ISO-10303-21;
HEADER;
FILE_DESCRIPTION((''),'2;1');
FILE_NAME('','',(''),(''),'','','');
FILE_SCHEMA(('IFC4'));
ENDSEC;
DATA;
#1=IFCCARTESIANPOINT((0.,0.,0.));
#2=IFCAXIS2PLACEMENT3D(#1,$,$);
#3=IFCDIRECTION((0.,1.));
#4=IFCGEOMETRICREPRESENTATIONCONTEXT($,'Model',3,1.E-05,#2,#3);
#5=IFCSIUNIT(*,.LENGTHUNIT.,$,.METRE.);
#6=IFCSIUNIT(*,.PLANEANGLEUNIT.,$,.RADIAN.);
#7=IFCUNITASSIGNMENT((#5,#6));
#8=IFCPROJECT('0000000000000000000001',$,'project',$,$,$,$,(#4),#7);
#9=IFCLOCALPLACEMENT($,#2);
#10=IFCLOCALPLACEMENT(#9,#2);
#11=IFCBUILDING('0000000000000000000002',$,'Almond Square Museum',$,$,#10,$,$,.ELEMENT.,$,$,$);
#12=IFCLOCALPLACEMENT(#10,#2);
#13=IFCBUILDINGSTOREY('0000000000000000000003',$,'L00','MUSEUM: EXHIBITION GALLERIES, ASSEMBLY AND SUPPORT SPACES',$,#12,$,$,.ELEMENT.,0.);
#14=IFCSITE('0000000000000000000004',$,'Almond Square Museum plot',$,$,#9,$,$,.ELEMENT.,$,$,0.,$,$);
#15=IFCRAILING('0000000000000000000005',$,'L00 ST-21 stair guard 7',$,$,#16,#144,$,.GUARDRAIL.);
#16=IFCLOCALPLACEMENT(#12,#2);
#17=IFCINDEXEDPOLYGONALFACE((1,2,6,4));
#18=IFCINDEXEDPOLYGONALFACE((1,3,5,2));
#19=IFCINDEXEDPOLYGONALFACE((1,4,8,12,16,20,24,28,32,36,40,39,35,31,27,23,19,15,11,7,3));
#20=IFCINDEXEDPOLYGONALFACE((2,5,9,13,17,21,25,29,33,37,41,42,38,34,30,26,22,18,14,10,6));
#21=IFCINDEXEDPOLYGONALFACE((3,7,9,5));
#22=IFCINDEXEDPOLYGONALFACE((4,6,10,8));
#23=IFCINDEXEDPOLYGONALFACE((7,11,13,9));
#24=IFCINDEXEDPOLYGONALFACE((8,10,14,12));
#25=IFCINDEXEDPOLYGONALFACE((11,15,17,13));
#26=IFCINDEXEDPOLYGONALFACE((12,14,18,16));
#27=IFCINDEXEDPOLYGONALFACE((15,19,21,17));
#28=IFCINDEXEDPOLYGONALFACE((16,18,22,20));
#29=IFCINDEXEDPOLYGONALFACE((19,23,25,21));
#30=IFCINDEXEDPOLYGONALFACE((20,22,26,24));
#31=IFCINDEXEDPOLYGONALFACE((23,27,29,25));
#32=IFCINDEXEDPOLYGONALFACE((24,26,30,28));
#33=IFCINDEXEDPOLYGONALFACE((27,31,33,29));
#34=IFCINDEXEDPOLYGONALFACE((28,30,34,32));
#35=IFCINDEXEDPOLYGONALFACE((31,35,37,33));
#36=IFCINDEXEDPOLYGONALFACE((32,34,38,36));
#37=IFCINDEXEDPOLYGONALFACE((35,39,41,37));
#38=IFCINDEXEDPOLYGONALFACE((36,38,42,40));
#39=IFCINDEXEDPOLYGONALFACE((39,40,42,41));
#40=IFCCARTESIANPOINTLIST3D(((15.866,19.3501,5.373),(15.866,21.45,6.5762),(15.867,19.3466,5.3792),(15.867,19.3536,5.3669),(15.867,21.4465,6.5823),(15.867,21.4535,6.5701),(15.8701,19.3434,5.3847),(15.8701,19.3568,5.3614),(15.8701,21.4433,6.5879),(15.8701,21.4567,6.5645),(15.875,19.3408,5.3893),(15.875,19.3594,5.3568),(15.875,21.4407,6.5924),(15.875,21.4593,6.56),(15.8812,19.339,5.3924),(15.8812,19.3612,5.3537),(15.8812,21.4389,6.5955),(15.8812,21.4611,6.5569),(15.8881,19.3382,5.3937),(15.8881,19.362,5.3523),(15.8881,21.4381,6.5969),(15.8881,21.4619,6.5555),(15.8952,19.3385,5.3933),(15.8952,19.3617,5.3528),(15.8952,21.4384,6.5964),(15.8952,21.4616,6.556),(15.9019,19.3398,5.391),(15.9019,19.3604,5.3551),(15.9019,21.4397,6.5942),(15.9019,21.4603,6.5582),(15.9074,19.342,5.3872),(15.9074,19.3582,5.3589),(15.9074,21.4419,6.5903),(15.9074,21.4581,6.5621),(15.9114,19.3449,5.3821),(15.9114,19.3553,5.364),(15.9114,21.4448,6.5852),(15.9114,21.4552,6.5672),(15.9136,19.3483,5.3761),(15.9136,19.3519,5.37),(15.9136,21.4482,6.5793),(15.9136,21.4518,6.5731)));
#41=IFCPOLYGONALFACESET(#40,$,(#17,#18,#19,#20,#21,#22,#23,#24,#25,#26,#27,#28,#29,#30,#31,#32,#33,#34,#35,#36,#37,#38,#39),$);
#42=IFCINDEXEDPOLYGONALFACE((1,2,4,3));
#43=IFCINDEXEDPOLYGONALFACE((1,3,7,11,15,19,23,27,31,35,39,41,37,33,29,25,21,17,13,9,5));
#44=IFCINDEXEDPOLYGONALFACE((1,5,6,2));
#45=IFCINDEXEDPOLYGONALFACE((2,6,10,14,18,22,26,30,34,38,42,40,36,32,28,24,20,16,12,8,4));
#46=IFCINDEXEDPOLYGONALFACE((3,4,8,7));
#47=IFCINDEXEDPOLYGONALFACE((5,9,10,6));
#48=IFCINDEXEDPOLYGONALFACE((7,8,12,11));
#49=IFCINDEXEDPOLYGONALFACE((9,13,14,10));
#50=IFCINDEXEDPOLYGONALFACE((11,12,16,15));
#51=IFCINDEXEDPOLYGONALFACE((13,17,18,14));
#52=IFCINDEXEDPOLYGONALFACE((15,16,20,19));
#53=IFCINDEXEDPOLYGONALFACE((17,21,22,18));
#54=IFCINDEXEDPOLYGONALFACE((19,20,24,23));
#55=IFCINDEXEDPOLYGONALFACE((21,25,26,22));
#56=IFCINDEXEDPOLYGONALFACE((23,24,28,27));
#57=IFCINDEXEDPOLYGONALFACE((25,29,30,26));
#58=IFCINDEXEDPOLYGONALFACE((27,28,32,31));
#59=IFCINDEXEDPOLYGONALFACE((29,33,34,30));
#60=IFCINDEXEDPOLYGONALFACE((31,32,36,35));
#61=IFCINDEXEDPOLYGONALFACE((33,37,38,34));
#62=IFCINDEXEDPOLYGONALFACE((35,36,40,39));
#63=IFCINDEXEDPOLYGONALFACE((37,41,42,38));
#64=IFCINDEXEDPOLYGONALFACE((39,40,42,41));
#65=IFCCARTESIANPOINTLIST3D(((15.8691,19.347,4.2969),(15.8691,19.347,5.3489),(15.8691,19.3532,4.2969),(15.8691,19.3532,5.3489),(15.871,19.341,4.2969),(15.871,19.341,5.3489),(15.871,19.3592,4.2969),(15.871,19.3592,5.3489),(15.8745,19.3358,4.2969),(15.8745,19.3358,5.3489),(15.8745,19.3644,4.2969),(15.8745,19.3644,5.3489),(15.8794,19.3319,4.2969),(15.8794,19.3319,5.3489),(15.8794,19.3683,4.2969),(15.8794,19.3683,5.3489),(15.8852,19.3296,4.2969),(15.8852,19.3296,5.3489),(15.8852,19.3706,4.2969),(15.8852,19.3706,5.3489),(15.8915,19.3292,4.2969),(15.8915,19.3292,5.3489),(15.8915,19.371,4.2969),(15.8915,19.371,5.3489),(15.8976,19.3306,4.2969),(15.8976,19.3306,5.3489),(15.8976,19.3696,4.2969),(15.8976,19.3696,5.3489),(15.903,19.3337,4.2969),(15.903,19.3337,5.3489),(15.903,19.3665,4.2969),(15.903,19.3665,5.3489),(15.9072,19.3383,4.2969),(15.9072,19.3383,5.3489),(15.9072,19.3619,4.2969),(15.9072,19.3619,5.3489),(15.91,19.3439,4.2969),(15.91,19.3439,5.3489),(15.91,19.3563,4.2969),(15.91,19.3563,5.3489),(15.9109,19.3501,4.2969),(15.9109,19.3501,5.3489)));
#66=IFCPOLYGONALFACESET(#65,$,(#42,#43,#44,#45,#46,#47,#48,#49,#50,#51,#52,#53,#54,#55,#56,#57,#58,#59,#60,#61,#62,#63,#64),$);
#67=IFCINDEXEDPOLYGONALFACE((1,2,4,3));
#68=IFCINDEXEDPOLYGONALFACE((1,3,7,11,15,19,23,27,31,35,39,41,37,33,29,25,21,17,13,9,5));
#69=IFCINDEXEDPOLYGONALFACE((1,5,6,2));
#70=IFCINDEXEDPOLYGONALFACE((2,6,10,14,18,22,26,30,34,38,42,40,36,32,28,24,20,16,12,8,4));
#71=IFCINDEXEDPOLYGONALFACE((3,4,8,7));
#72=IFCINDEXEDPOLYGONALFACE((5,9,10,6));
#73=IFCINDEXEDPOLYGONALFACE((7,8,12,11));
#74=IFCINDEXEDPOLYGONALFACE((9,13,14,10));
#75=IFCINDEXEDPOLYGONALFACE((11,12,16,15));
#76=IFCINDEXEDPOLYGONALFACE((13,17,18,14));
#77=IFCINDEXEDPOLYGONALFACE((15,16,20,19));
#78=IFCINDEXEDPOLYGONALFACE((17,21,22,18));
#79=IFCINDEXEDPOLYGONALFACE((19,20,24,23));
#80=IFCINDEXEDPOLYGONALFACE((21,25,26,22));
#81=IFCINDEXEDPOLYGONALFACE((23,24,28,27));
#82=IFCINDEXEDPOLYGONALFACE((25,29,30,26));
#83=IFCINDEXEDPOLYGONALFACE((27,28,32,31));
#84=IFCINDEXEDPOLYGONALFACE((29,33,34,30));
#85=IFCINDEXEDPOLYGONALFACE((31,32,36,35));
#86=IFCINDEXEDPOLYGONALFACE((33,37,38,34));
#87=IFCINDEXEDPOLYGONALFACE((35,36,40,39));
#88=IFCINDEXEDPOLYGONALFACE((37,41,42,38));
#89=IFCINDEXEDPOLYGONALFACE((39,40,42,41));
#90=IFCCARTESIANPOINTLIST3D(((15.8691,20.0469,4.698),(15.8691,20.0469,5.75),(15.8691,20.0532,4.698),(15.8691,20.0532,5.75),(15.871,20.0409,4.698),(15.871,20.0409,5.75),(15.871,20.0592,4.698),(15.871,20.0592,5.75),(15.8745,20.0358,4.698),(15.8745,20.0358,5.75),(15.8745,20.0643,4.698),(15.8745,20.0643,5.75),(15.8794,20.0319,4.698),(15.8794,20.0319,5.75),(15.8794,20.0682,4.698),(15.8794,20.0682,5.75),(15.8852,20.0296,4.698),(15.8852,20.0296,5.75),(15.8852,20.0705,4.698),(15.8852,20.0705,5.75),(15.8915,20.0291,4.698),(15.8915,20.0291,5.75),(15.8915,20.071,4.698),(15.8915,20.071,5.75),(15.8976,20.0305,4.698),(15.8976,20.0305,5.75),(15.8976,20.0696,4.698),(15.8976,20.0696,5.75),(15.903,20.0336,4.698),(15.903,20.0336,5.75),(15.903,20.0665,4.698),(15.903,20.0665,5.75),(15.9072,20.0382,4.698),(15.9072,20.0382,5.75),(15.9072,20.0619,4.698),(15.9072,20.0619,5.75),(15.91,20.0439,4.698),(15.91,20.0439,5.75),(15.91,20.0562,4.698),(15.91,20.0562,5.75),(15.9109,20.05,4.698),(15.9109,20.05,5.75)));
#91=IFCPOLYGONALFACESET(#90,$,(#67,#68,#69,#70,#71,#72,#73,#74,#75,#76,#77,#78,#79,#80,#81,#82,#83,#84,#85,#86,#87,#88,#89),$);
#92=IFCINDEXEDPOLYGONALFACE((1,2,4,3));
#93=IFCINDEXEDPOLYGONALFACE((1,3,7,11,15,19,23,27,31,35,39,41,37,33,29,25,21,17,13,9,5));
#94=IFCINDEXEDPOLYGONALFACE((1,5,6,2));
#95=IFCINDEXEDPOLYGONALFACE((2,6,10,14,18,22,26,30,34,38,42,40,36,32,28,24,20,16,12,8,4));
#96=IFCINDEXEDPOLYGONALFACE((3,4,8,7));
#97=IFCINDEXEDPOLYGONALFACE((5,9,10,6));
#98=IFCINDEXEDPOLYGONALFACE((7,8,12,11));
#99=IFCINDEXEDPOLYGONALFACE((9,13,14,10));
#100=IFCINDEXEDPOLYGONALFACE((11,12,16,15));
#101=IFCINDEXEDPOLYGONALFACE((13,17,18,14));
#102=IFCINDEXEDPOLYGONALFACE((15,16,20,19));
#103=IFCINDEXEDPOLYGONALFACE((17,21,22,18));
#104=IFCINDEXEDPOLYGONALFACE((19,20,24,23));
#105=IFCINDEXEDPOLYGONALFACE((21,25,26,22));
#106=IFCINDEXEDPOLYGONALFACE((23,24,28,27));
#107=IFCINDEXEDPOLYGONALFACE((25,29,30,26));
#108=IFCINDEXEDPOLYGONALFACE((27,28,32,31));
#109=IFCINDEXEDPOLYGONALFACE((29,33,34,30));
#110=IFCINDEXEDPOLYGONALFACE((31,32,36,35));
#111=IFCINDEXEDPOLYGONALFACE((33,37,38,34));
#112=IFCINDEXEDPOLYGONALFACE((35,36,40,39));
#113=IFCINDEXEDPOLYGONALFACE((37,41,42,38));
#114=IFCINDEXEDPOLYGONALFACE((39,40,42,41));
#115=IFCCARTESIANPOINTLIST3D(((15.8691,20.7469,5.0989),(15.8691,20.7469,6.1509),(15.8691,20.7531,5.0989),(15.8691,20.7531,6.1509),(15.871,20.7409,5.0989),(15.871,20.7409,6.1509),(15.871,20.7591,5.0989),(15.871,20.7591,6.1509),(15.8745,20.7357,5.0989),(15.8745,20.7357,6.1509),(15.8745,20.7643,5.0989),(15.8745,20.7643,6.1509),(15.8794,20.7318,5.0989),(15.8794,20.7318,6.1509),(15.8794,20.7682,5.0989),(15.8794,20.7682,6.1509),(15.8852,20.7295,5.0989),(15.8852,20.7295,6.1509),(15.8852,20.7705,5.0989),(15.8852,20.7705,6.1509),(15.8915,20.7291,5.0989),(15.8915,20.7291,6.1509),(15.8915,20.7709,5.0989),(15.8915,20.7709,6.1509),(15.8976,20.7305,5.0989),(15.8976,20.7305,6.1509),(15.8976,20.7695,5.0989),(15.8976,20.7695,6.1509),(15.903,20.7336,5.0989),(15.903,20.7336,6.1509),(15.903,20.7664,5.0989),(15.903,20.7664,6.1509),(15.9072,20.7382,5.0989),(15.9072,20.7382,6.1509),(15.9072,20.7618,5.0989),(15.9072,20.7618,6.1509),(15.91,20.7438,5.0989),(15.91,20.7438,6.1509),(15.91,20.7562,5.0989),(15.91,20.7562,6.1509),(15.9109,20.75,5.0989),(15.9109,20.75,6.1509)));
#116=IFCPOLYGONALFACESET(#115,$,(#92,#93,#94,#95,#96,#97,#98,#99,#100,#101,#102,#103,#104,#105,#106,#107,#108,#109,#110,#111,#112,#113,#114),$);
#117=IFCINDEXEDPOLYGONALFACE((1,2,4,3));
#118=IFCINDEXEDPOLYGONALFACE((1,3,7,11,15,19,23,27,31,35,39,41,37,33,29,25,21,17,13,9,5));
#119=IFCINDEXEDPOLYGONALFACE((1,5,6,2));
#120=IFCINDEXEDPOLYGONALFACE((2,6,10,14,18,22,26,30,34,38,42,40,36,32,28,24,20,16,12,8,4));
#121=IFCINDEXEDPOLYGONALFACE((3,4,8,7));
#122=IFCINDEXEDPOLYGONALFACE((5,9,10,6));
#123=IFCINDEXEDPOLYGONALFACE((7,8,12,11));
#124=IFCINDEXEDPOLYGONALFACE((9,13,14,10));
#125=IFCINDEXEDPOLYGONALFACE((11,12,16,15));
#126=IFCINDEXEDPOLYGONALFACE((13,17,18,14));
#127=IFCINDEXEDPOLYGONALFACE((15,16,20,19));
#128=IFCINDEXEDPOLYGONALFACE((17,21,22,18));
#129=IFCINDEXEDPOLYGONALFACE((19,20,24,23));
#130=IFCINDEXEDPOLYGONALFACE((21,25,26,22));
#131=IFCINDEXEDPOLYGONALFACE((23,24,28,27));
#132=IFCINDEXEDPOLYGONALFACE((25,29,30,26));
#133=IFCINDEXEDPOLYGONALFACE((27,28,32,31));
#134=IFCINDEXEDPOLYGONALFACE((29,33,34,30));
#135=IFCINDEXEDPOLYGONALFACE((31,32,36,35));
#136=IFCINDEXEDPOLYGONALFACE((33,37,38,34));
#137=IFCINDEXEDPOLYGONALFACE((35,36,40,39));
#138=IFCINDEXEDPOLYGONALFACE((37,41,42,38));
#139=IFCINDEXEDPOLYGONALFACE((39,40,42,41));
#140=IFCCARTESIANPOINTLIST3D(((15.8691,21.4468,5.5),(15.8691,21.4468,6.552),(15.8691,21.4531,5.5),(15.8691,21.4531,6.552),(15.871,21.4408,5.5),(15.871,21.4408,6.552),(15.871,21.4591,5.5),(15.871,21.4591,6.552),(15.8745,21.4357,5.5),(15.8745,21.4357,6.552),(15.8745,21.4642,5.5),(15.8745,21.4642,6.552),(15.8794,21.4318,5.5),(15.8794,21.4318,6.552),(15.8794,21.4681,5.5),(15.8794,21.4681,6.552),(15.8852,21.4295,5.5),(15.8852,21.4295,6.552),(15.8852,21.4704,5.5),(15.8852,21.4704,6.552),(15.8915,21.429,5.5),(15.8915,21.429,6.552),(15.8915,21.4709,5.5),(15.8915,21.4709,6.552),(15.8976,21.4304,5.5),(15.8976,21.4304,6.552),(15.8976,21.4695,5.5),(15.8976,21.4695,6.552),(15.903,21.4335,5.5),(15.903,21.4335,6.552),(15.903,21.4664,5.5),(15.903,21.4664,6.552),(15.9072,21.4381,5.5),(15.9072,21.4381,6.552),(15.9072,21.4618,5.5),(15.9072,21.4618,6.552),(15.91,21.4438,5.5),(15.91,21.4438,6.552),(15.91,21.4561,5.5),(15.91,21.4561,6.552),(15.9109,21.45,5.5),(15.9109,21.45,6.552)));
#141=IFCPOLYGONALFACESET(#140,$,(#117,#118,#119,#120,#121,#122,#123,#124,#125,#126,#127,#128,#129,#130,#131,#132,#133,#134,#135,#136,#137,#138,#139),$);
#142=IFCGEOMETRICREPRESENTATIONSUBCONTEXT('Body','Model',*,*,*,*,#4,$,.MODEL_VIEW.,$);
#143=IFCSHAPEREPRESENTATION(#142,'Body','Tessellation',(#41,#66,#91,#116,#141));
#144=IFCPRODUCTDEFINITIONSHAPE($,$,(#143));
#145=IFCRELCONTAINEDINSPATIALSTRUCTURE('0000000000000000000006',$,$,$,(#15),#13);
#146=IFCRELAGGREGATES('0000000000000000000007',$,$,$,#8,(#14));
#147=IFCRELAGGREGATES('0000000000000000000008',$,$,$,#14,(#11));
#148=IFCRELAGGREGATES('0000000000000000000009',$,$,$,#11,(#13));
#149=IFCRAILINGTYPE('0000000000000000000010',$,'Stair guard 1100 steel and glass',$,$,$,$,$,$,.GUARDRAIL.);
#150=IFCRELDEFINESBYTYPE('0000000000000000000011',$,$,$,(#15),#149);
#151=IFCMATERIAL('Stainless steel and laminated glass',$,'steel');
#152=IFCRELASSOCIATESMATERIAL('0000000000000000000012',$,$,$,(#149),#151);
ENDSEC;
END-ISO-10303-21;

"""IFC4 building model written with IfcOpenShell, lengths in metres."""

from ifc_helpers import new_model, si_unit, direction, frame, origin, origin_2d, place, context, subcontext, project, spatial, circle, extrude, material, type_object, element, save


model = new_model("IFC4")

# Units and contexts
model_context = context("Model", 3, precision=1e-05, world=origin(), true_north=direction((0.0, 1.0)))
body_context = subcontext(model_context, "Body", "Model", "MODEL_VIEW")
ifc_project = project(units=[si_unit("LENGTHUNIT", "METRE"), si_unit("PLANEANGLEUNIT", "RADIAN")], contexts=[model_context])

# Site, building, storey
site_placement = place(None, origin())
site = spatial("IfcSite", under=ifc_project, at=site_placement, Name="Almond Square Museum plot", CompositionType="ELEMENT", RefElevation=0.0)
building_placement = place(site_placement, origin())
building = spatial("IfcBuilding", under=site, at=building_placement, Name="Almond Square Museum", CompositionType="ELEMENT")
storey_placement = place(building_placement, origin())
storey = spatial("IfcBuildingStorey", under=building, at=storey_placement, Name="L00", Description="MUSEUM: EXHIBITION GALLERIES, ASSEMBLY AND SUPPORT SPACES", CompositionType="ELEMENT", Elevation=0.0)

# Railing
ifc_material_1 = material(Name="Stainless steel and laminated glass", Category="steel")
railing_type_1 = type_object("IfcRailingType", Name="Stair guard 1100 steel and glass", PredefinedType="GUARDRAIL", material=ifc_material_1)
railing_1_placement = place(storey_placement, frame((15.8899, 19.3501, 4.2969)))
element("IfcRailing", 1, at=railing_1_placement, inside=storey, type_object=railing_type_1, Name="L00 ST-21 stair guard 7", PredefinedType="GUARDRAIL", context=body_context, shape_type="SweptSolid", body=[
    extrude(circle(Radius=0.0239, at=origin_2d()), frame((0.0, 0.0, 1.0762), z_axis=(0.0, 0.867671, 0.497138), x_axis=(-1.0, 0.0, 0.0)), (0.0, 0.0, 1.0), 2.4202),
    extrude(circle(Radius=0.021, at=origin_2d()), origin(), (0.0, 0.0, 1.0), 1.052),
    extrude(circle(Radius=0.021, at=origin_2d()), frame((0.0, 0.7, 0.4011)), (0.0, 0.0, 1.0), 1.052),
    extrude(circle(Radius=0.021, at=origin_2d()), frame((0.0, 1.3999, 0.802)), (0.0, 0.0, 1.0), 1.052),
    extrude(circle(Radius=0.021, at=origin_2d()), frame((0.0, 2.0999, 1.2031)), (0.0, 0.0, 1.0), 1.052),
])

save(model, "model.ifc")
